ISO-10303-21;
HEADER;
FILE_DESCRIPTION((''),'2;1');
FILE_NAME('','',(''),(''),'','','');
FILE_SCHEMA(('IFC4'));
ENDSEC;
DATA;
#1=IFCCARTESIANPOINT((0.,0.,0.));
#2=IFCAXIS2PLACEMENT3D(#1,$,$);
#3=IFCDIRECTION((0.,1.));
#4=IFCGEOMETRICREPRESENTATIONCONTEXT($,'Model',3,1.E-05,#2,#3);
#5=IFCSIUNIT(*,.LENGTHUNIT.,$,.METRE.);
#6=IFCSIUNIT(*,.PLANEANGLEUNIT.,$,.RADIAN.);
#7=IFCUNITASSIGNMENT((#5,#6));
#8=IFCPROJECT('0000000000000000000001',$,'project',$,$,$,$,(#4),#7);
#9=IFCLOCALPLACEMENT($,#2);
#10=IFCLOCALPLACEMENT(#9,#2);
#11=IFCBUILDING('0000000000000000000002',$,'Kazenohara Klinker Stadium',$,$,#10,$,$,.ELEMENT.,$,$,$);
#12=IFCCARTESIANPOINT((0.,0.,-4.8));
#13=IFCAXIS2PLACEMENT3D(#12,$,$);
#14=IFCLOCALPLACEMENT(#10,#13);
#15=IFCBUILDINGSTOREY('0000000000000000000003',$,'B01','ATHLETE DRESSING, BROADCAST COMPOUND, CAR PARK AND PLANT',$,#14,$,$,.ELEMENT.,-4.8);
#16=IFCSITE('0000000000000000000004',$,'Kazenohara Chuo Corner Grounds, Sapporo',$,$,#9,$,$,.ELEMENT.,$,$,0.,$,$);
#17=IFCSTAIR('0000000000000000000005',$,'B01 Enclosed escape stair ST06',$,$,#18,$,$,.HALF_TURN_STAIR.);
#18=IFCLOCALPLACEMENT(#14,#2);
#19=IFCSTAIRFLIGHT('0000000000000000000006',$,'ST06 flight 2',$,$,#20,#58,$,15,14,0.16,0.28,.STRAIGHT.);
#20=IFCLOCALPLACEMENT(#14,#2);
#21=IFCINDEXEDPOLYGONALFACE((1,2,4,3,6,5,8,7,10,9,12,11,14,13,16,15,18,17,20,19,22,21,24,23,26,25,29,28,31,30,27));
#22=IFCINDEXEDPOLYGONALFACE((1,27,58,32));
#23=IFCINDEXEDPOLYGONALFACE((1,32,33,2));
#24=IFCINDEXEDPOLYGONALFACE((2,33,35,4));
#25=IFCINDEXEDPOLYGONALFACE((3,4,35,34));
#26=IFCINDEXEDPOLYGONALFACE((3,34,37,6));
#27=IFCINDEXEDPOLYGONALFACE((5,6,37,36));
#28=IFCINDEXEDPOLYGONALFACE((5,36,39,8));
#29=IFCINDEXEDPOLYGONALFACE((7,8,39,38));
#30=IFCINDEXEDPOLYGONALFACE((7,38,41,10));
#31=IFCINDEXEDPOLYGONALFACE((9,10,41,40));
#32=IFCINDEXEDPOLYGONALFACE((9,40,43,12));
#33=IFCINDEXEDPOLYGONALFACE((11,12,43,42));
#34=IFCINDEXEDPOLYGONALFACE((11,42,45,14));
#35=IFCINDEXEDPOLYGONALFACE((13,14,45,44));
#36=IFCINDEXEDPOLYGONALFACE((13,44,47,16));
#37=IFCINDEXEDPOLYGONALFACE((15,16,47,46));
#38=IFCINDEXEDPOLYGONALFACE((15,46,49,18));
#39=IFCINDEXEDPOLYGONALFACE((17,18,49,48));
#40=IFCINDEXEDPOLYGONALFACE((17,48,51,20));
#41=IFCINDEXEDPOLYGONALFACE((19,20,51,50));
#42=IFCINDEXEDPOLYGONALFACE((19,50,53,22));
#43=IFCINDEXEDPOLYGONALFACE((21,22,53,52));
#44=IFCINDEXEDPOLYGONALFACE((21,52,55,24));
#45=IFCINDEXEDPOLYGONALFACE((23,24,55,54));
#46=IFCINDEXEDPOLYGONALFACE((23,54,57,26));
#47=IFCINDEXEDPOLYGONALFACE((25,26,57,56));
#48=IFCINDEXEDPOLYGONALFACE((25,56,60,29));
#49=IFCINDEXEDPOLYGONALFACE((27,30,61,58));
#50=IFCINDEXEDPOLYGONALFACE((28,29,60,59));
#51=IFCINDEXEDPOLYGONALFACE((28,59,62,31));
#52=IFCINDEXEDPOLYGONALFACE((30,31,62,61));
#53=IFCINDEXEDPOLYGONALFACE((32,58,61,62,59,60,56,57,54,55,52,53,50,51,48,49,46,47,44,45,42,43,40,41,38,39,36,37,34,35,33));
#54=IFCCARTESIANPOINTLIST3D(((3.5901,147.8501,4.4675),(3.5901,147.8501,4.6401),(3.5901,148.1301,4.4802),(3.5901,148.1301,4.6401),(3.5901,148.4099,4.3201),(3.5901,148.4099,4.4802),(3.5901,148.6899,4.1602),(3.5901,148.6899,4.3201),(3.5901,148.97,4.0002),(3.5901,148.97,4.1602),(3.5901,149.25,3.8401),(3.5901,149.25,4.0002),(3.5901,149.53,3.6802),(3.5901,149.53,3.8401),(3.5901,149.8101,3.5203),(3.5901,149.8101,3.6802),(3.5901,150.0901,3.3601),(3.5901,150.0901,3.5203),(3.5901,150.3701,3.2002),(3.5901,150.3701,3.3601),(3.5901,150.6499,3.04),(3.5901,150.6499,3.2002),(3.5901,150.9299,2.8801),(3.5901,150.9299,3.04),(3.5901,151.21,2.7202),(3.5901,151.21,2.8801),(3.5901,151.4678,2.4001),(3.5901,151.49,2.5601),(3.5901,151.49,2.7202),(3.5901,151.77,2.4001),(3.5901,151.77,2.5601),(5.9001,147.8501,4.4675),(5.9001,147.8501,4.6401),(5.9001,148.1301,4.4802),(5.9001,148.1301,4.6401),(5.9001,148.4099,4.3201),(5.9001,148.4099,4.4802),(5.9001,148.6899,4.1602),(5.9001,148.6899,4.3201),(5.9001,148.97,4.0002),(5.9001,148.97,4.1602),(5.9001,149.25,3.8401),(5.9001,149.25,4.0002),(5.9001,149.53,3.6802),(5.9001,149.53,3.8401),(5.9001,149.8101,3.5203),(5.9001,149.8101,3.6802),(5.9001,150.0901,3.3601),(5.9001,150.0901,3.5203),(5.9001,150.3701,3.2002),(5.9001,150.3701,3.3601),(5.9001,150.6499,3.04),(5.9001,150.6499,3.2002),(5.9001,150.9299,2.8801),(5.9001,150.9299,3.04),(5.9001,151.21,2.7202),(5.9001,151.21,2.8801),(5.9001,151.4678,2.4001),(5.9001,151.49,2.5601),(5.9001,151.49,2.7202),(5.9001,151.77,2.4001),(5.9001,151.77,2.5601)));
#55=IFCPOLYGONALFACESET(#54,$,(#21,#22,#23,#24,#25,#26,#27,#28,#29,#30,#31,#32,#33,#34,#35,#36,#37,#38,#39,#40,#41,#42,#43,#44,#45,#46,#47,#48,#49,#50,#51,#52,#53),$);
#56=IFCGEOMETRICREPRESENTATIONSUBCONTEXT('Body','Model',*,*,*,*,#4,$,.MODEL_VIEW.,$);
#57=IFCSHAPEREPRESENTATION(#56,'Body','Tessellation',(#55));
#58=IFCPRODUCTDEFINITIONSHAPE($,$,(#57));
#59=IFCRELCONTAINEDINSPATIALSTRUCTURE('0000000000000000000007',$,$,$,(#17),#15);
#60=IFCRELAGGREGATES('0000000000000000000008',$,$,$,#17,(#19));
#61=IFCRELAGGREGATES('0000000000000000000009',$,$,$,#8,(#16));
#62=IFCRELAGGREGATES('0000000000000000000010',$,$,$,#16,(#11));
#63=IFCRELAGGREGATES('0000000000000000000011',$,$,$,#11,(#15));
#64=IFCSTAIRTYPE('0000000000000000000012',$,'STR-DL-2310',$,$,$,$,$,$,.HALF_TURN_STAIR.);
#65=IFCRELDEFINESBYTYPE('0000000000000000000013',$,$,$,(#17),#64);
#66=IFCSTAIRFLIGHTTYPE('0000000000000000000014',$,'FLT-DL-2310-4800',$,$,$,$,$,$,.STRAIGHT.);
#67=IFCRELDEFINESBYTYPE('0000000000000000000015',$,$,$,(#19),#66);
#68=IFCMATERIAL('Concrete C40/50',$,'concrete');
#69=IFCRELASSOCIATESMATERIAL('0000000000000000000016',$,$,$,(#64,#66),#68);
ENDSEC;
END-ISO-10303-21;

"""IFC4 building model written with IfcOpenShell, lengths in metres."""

from ifc_helpers import new_model, si_unit, direction, frame, origin, place, context, subcontext, project, spatial, polyline, outline, extrude, material, type_object, element, aggregate, save


model = new_model("IFC4")

# Units and contexts
model_context = context("Model", 3, precision=1e-05, world=origin(), true_north=direction((0.0, 1.0)))
body_context = subcontext(model_context, "Body", "Model", "MODEL_VIEW")
ifc_project = project(units=[si_unit("LENGTHUNIT", "METRE"), si_unit("PLANEANGLEUNIT", "RADIAN")], contexts=[model_context])

# Site, building, storey
site_placement = place(None, origin())
site = spatial("IfcSite", under=ifc_project, at=site_placement, Name="Kazenohara Chuo Corner Grounds, Sapporo", CompositionType="ELEMENT", RefElevation=0.0)
building_placement = place(site_placement, origin())
building = spatial("IfcBuilding", under=site, at=building_placement, Name="Kazenohara Klinker Stadium", CompositionType="ELEMENT")
storey_placement = place(building_placement, frame((0.0, 0.0, -4.8)))
storey = spatial("IfcBuildingStorey", under=building, at=storey_placement, Name="B01", Description="ATHLETE DRESSING, BROADCAST COMPOUND, CAR PARK AND PLANT", CompositionType="ELEMENT", Elevation=-4.8)

# Shared definitions
ifc_material_1 = material(Name="Concrete C40/50", Category="concrete")

# Stair, stair flight
stair_type = type_object("IfcStairType", Name="STR-DL-2310", PredefinedType="HALF_TURN_STAIR", material=ifc_material_1)
stair_placement = place(storey_placement, origin())
stair = element("IfcStair", 1, at=stair_placement, inside=storey, type_object=stair_type, Name="B01 Enclosed escape stair ST06", PredefinedType="HALF_TURN_STAIR")
stair_flight_type = type_object("IfcStairFlightType", Name="FLT-DL-2310-4800", PredefinedType="STRAIGHT", material=ifc_material_1)
stair_flight_placement = place(storey_placement, frame((4.7451, 151.77, 2.4001), z_axis=(0.0, 0.0, 1.0), x_axis=(0.0, -1.0, 0.0)))
stair_flight = element("IfcStairFlight", 2, at=stair_flight_placement, type_object=stair_flight_type, Name="ST06 flight 2", NumberOfRisers=15, NumberOfTreads=14, PredefinedType="STRAIGHT", RiserHeight=0.16, TreadLength=0.28, context=body_context, shape_type="SweptSolid", body=[
    extrude(outline(polyline([(0.0, 0.0), (0.0, 0.1599), (0.28, 0.1599), (0.28, 0.3201), (0.5601, 0.3201), (0.5601, 0.48), (0.8401, 0.48), (0.8401, 0.6399), (1.1201, 0.6399), (1.1201, 0.8), (1.3999, 0.8), (1.3999, 0.96), (1.6799, 0.96), (1.6799, 1.1201), (1.96, 1.1201), (1.96, 1.28), (2.24, 1.28), (2.24, 1.4399), (2.52, 1.4399), (2.52, 1.6001), (2.8, 1.6001), (2.8, 1.76), (3.0801, 1.76), (3.0801, 1.9199), (3.3601, 1.9199), (3.3601, 2.0801), (3.6399, 2.0801), (3.6399, 2.24), (3.9199, 2.24), (3.9199, 2.3999), (3.9199, 2.0674), (0.3022, 0.0), (0.0, 0.0)])), frame((0.0, 1.155, 0.0), z_axis=(0.0, -1.0, 0.0), x_axis=(1.0, 0.0, 0.0)), (0.0, 0.0, 1.0), 2.3101),
])
aggregate(stair, [stair_flight])

save(model, "model.ifc")
